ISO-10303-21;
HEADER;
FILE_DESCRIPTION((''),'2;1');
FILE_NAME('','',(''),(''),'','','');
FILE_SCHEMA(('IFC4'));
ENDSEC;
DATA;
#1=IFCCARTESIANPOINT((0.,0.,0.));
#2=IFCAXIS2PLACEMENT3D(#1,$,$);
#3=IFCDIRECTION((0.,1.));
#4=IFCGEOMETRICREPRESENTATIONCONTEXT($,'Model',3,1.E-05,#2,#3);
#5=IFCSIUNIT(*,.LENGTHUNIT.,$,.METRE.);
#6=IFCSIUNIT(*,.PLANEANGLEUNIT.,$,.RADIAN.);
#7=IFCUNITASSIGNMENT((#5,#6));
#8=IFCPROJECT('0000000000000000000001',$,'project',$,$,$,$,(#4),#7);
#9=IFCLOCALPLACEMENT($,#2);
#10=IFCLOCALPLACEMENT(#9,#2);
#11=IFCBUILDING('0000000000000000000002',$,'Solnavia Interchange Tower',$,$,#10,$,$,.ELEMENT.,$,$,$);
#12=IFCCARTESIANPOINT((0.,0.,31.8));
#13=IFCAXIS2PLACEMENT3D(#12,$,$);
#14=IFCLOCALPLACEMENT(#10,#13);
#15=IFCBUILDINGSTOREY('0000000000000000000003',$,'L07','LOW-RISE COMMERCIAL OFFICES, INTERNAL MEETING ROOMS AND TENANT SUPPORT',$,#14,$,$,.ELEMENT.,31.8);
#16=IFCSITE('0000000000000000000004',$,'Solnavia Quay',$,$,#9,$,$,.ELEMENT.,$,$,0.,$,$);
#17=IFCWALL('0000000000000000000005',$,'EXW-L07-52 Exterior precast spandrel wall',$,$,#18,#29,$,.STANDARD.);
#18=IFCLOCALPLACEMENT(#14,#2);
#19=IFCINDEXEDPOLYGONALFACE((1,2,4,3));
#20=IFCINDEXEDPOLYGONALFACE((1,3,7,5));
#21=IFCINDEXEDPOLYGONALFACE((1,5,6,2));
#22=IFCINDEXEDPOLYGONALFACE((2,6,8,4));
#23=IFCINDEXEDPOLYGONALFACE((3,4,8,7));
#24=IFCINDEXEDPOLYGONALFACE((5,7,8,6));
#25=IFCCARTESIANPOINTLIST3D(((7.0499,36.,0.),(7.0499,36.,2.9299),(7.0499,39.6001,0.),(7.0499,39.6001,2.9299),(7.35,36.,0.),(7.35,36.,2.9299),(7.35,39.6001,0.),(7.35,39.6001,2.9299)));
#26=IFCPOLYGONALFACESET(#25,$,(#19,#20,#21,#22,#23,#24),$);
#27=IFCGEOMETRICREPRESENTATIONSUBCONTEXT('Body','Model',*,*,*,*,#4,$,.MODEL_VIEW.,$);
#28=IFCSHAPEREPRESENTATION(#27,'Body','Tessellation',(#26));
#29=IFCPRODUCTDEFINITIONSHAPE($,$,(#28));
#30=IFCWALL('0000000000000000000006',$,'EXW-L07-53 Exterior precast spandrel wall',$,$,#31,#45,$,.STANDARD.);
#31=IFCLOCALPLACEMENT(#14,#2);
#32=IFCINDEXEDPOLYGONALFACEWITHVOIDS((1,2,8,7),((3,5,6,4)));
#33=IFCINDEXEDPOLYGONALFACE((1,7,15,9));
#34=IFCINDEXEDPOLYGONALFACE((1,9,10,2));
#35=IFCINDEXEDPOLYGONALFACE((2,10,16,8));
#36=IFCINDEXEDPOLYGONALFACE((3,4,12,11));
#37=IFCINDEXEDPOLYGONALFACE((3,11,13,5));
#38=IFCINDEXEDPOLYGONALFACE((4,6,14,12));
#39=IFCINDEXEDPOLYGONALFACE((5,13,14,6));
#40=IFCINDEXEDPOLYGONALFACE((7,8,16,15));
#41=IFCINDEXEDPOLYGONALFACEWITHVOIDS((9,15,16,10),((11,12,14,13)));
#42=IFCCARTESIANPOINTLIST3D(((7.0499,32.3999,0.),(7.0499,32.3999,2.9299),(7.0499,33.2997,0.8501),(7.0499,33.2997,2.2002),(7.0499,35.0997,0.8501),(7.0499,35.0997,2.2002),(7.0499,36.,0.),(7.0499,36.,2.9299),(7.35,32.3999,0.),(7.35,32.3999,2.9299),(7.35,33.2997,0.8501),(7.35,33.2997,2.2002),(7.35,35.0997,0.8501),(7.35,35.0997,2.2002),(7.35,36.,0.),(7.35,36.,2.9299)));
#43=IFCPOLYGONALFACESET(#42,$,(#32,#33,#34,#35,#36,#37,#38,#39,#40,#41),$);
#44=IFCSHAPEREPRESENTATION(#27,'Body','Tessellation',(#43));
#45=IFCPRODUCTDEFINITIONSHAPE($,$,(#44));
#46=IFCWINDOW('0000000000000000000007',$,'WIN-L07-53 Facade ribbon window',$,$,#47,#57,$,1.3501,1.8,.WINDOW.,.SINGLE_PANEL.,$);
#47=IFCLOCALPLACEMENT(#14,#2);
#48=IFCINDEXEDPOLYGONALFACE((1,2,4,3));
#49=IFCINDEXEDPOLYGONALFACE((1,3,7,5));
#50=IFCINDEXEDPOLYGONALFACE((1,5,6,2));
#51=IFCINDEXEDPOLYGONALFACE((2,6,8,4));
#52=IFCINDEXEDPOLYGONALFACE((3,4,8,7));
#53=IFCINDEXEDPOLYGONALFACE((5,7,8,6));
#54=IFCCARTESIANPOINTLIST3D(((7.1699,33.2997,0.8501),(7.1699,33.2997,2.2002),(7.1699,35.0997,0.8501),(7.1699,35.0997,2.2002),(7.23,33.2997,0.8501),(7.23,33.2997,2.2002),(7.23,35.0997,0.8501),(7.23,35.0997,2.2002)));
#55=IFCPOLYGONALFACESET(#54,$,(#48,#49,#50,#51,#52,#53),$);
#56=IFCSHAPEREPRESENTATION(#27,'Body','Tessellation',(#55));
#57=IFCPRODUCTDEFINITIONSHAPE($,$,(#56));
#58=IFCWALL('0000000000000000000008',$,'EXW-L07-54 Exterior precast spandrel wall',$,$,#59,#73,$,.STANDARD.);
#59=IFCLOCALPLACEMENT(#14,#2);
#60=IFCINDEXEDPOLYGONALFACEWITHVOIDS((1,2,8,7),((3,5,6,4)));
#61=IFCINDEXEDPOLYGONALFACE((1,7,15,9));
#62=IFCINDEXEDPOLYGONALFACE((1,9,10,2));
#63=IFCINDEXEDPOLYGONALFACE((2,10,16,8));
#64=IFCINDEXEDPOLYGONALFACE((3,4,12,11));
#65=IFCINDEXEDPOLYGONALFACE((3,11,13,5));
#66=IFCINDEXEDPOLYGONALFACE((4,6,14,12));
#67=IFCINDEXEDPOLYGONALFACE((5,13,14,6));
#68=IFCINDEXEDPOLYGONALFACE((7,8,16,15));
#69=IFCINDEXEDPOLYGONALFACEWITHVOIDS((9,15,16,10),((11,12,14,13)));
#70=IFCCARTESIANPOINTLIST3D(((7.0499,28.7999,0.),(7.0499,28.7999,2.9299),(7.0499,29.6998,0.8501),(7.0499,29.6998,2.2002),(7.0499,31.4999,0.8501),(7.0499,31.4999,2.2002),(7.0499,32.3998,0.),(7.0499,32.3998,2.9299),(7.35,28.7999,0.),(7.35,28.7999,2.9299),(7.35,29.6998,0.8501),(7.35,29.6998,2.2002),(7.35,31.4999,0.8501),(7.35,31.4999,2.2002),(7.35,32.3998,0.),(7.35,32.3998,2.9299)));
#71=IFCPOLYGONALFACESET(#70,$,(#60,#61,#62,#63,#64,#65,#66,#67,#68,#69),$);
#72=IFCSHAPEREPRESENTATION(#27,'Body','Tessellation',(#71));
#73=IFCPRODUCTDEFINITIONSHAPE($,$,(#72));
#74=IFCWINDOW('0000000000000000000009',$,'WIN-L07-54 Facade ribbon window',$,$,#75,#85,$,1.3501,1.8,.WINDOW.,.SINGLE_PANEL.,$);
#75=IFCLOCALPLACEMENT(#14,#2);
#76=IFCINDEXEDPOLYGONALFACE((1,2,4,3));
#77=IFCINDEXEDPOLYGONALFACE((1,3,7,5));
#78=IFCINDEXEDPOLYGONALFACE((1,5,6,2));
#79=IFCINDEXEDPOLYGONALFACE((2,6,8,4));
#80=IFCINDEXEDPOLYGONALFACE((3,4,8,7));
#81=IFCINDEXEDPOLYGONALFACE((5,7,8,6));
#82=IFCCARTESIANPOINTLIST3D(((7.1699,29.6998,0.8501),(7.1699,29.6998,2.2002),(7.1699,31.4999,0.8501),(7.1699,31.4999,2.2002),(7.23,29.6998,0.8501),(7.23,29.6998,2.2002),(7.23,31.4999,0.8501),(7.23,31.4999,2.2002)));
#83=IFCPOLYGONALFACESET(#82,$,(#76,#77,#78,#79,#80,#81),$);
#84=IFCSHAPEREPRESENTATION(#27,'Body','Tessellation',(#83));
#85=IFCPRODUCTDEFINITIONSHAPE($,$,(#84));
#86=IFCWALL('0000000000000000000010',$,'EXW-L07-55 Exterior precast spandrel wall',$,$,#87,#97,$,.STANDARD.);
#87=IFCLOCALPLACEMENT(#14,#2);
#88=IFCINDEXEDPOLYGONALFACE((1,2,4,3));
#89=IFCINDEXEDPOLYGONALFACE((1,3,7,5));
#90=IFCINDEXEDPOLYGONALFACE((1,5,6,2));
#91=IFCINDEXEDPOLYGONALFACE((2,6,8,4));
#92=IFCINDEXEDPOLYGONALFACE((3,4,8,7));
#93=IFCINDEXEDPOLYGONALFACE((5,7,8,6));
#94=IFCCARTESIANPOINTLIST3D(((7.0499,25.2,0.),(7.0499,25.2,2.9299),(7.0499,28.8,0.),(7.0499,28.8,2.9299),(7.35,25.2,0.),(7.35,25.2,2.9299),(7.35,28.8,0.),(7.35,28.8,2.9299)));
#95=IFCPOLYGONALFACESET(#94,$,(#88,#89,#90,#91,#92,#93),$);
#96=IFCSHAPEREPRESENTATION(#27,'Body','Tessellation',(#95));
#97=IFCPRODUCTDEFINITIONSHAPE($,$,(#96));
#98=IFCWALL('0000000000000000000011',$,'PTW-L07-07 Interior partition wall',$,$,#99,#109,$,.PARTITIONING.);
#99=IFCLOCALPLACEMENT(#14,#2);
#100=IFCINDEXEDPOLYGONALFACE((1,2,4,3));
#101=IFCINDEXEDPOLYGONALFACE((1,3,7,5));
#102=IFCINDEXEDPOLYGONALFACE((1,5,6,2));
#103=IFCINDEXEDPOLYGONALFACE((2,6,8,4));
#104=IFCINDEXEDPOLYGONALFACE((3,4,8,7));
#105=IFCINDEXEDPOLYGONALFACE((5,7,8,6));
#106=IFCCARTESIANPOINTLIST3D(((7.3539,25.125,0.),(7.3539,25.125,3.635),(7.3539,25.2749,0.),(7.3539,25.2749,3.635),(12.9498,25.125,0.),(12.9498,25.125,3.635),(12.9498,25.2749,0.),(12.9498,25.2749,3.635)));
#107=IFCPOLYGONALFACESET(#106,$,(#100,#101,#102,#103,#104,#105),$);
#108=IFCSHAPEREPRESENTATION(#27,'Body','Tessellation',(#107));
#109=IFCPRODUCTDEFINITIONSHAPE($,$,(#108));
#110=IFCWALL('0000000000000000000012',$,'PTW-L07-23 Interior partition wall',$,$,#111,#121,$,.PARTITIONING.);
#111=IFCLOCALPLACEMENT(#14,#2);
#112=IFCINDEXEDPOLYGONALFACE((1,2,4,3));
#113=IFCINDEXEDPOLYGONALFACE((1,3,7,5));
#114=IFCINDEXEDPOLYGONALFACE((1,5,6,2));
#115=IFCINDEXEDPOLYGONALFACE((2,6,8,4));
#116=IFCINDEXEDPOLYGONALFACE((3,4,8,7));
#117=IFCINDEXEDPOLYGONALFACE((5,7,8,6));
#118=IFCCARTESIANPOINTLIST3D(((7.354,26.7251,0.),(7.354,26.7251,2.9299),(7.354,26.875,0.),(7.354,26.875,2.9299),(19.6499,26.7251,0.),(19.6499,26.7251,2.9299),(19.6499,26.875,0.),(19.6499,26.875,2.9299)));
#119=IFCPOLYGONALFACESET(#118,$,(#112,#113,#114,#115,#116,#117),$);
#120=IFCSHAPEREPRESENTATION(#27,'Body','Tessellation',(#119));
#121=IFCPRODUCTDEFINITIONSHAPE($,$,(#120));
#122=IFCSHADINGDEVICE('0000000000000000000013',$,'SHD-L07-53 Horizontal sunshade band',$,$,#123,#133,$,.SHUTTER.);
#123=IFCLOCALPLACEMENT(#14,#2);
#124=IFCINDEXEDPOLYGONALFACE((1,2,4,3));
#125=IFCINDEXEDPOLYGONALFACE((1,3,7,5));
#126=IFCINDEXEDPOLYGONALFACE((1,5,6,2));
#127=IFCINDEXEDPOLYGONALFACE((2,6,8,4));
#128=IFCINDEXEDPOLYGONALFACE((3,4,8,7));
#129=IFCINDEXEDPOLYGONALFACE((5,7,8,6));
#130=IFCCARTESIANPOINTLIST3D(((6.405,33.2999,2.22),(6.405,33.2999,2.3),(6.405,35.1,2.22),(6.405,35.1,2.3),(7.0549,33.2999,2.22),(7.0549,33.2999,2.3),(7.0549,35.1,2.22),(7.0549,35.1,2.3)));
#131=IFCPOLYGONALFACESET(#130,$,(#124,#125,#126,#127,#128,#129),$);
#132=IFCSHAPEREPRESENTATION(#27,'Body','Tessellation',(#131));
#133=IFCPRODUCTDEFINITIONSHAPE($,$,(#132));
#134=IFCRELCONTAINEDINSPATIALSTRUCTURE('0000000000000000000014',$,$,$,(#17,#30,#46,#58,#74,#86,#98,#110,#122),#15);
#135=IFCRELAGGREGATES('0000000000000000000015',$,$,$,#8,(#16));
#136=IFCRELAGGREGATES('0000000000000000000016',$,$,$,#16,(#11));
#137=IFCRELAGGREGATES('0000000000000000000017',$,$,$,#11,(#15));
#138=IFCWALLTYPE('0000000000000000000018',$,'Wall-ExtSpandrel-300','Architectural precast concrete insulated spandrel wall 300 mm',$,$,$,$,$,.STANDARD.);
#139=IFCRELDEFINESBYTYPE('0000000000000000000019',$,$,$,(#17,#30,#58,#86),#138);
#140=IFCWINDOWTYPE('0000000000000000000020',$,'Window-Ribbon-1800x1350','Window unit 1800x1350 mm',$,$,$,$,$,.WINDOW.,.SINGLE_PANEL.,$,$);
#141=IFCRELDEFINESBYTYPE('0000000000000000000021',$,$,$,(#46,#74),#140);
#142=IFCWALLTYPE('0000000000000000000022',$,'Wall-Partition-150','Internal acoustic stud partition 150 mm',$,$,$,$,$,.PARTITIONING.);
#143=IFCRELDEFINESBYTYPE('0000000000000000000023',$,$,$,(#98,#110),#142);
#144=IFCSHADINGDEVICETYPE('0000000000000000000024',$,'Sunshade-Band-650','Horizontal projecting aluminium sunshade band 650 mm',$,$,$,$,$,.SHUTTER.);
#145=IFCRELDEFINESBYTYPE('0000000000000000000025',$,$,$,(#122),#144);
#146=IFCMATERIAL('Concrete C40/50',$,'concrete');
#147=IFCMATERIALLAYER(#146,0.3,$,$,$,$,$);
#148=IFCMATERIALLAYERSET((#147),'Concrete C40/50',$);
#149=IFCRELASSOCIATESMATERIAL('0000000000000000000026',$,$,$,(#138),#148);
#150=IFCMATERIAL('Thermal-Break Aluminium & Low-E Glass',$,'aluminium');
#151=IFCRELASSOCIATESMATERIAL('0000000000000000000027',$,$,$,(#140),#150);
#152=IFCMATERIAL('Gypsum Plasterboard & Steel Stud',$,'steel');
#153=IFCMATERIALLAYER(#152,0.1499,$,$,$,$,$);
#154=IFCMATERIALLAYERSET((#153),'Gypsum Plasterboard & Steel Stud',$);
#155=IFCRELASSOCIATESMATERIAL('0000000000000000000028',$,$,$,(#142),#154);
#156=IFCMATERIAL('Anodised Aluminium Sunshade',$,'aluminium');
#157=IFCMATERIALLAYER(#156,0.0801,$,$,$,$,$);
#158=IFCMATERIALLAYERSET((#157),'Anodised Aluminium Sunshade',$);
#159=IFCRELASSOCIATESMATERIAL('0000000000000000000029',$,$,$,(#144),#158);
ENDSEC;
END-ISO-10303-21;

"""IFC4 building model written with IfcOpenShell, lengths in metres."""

from ifc_helpers import new_model, si_unit, direction, frame, frame_2d, origin, origin_2d, place, context, subcontext, project, spatial, rectangle, extrude, material, layer, layer_set, type_object, element, fill, save


model = new_model("IFC4")

# Units and contexts
model_context = context("Model", 3, precision=1e-05, world=origin(), true_north=direction((0.0, 1.0)))
body_context = subcontext(model_context, "Body", "Model", "MODEL_VIEW")
ifc_project = project(units=[si_unit("LENGTHUNIT", "METRE"), si_unit("PLANEANGLEUNIT", "RADIAN")], contexts=[model_context])

# Site, building, storey
site_placement = place(None, origin())
site = spatial("IfcSite", under=ifc_project, at=site_placement, Name="Solnavia Quay", CompositionType="ELEMENT", RefElevation=0.0)
building_placement = place(site_placement, origin())
building = spatial("IfcBuilding", under=site, at=building_placement, Name="Solnavia Interchange Tower", CompositionType="ELEMENT")
storey_placement = place(building_placement, frame((0.0, 0.0, 31.8)))
storey = spatial("IfcBuildingStorey", under=building, at=storey_placement, Name="L07", Description="LOW-RISE COMMERCIAL OFFICES, INTERNAL MEETING ROOMS AND TENANT SUPPORT", CompositionType="ELEMENT", Elevation=31.8)

# Wall
ifc_material_1 = material(Name="Concrete C40/50", Category="concrete")
ifc_layer_1 = layer(ifc_material_1, 0.3)
ifc_layer_set_1 = layer_set([ifc_layer_1], Name="Concrete C40/50")
wall_type_1 = type_object("IfcWallType", Name="Wall-ExtSpandrel-300", Description="Architectural precast concrete insulated spandrel wall 300 mm", PredefinedType="STANDARD", material=ifc_layer_set_1)
wall_1_placement = place(storey_placement, frame((7.2, 36.0, 0.0), z_axis=(0.0, 0.0, 1.0), x_axis=(0.0, 1.0, 0.0)))
element("IfcWall", 1, at=wall_1_placement, inside=storey, type_object=wall_type_1, Name="EXW-L07-52 Exterior precast spandrel wall", PredefinedType="STANDARD", context=body_context, shape_type="SweptSolid", body=[
    extrude(rectangle(XDim=3.6001, YDim=0.3, at=frame_2d((1.8, 0.0))), origin(), (0.0, 0.0, 1.0), 2.9299),
])

# Walls, openings, windows
wall_2_placement = place(storey_placement, frame((7.2, 32.3999, 0.0), z_axis=(0.0, 0.0, 1.0), x_axis=(0.0, 1.0, 0.0)))
wall_2 = element("IfcWall", 2, at=wall_2_placement, inside=storey, type_object=wall_type_1, Name="EXW-L07-53 Exterior precast spandrel wall", PredefinedType="STANDARD", context=body_context, shape_type="SweptSolid", body=[
    extrude(rectangle(XDim=3.6001, YDim=0.3, at=frame_2d((1.8, 0.0))), origin(), (0.0, 0.0, 1.0), 2.9299),
])
opening_1_placement = place(wall_2_placement, frame((0.8999, 0.0, 0.8501)))
opening_1 = element("IfcOpeningElement", 3, at=opening_1_placement, cuts=wall_2, PredefinedType="OPENING", context=body_context, shape_type="SweptSolid", body=[
    extrude(rectangle(XDim=1.8, YDim=1.3501, at=frame_2d((0.8999, 0.675))), frame((0.0, 0.1602, 0.0), z_axis=(0.0, -1.0, 0.0), x_axis=(1.0, 0.0, 0.0)), (0.0, 0.0, 1.0), 0.3201),
])
ifc_material_2 = material(Name="Thermal-Break Aluminium & Low-E Glass", Category="aluminium")
window_type = type_object("IfcWindowType", Name="Window-Ribbon-1800x1350", Description="Window unit 1800x1350 mm", PartitioningType="SINGLE_PANEL", PredefinedType="WINDOW", material=ifc_material_2)
window_1_placement = place(opening_1_placement, origin())
window_1 = element("IfcWindow", 4, at=window_1_placement, inside=storey, type_object=window_type, Name="WIN-L07-53 Facade ribbon window", OverallHeight=1.3501, OverallWidth=1.8, PartitioningType="SINGLE_PANEL", PredefinedType="WINDOW", context=body_context, shape_type="SweptSolid", body=[
    extrude(rectangle(XDim=1.8, YDim=1.3501, at=frame_2d((0.8999, 0.675))), frame((0.0, 0.03, 0.0), z_axis=(0.0, -1.0, 0.0), x_axis=(1.0, 0.0, 0.0)), (0.0, 0.0, 1.0), 0.0601),
])
fill(opening_1, window_1)
wall_3_placement = place(storey_placement, frame((7.2, 28.8, 0.0), z_axis=(0.0, 0.0, 1.0), x_axis=(0.0, 1.0, 0.0)))
wall_3 = element("IfcWall", 5, at=wall_3_placement, inside=storey, type_object=wall_type_1, Name="EXW-L07-54 Exterior precast spandrel wall", PredefinedType="STANDARD", context=body_context, shape_type="SweptSolid", body=[
    extrude(rectangle(XDim=3.5999, YDim=0.3, at=frame_2d((1.7998, 0.0))), origin(), (0.0, 0.0, 1.0), 2.9299),
])
opening_2_placement = place(wall_3_placement, frame((0.8999, 0.0, 0.8501)))
opening_2 = element("IfcOpeningElement", 6, at=opening_2_placement, cuts=wall_3, PredefinedType="OPENING", context=body_context, shape_type="SweptSolid", body=[
    extrude(rectangle(XDim=1.8, YDim=1.3501, at=frame_2d((0.8999, 0.675))), frame((0.0, 0.1602, 0.0), z_axis=(0.0, -1.0, 0.0), x_axis=(1.0, 0.0, 0.0)), (0.0, 0.0, 1.0), 0.3201),
])
window_2_placement = place(opening_2_placement, origin())
window_2 = element("IfcWindow", 7, at=window_2_placement, inside=storey, type_object=window_type, Name="WIN-L07-54 Facade ribbon window", OverallHeight=1.3501, OverallWidth=1.8, PartitioningType="SINGLE_PANEL", PredefinedType="WINDOW", context=body_context, shape_type="SweptSolid", body=[
    extrude(rectangle(XDim=1.8, YDim=1.3501, at=frame_2d((0.8999, 0.675))), frame((0.0, 0.03, 0.0), z_axis=(0.0, -1.0, 0.0), x_axis=(1.0, 0.0, 0.0)), (0.0, 0.0, 1.0), 0.0601),
])
fill(opening_2, window_2)

# Walls
wall_4_placement = place(storey_placement, frame((7.2, 25.2, 0.0), z_axis=(0.0, 0.0, 1.0), x_axis=(0.0, 1.0, 0.0)))
element("IfcWall", 8, at=wall_4_placement, inside=storey, type_object=wall_type_1, Name="EXW-L07-55 Exterior precast spandrel wall", PredefinedType="STANDARD", context=body_context, shape_type="SweptSolid", body=[
    extrude(rectangle(XDim=3.6001, YDim=0.3, at=frame_2d((1.8, 0.0))), origin(), (0.0, 0.0, 1.0), 2.9299),
])
ifc_material_3 = material(Name="Gypsum Plasterboard & Steel Stud", Category="steel")
ifc_layer_2 = layer(ifc_material_3, 0.1499)
ifc_layer_set_2 = layer_set([ifc_layer_2], Name="Gypsum Plasterboard & Steel Stud")
wall_type_2 = type_object("IfcWallType", Name="Wall-Partition-150", Description="Internal acoustic stud partition 150 mm", PredefinedType="PARTITIONING", material=ifc_layer_set_2)
wall_5_placement = place(storey_placement, frame((7.354, 25.2, 0.0), z_axis=(0.0, 0.0, 1.0), x_axis=(1.0, 0.0, 0.0)))
element("IfcWall", 9, at=wall_5_placement, inside=storey, type_object=wall_type_2, Name="PTW-L07-07 Interior partition wall", PredefinedType="PARTITIONING", context=body_context, shape_type="SweptSolid", body=[
    extrude(rectangle(XDim=5.5959, YDim=0.1499, at=frame_2d((2.7979, 0.0))), origin(), (0.0, 0.0, 1.0), 3.635),
])
wall_6_placement = place(storey_placement, frame((7.354, 26.8, 0.0), z_axis=(0.0, 0.0, 1.0), x_axis=(1.0, 0.0, 0.0)))
element("IfcWall", 10, at=wall_6_placement, inside=storey, type_object=wall_type_2, Name="PTW-L07-23 Interior partition wall", PredefinedType="PARTITIONING", context=body_context, shape_type="SweptSolid", body=[
    extrude(rectangle(XDim=12.2959, YDim=0.1499, at=frame_2d((6.1479, 0.0))), origin(), (0.0, 0.0, 1.0), 2.9299),
])

# Shading device
ifc_material_4 = material(Name="Anodised Aluminium Sunshade", Category="aluminium")
ifc_layer_3 = layer(ifc_material_4, 0.0801)
ifc_layer_set_3 = layer_set([ifc_layer_3], Name="Anodised Aluminium Sunshade")
shading_device_type = type_object("IfcShadingDeviceType", Name="Sunshade-Band-650", Description="Horizontal projecting aluminium sunshade band 650 mm", PredefinedType="SHUTTER", material=ifc_layer_set_3)
shading_device_placement = place(storey_placement, frame((6.73, 34.2, 2.22), z_axis=(0.0, 0.0, 1.0), x_axis=(0.0, 1.0, 0.0)))
element("IfcShadingDevice", 11, at=shading_device_placement, inside=storey, type_object=shading_device_type, Name="SHD-L07-53 Horizontal sunshade band", PredefinedType="SHUTTER", context=body_context, shape_type="SweptSolid", body=[
    extrude(rectangle(XDim=1.8, YDim=0.6499, at=origin_2d()), origin(), (0.0, 0.0, 1.0), 0.0801),
])

save(model, "model.ifc")
